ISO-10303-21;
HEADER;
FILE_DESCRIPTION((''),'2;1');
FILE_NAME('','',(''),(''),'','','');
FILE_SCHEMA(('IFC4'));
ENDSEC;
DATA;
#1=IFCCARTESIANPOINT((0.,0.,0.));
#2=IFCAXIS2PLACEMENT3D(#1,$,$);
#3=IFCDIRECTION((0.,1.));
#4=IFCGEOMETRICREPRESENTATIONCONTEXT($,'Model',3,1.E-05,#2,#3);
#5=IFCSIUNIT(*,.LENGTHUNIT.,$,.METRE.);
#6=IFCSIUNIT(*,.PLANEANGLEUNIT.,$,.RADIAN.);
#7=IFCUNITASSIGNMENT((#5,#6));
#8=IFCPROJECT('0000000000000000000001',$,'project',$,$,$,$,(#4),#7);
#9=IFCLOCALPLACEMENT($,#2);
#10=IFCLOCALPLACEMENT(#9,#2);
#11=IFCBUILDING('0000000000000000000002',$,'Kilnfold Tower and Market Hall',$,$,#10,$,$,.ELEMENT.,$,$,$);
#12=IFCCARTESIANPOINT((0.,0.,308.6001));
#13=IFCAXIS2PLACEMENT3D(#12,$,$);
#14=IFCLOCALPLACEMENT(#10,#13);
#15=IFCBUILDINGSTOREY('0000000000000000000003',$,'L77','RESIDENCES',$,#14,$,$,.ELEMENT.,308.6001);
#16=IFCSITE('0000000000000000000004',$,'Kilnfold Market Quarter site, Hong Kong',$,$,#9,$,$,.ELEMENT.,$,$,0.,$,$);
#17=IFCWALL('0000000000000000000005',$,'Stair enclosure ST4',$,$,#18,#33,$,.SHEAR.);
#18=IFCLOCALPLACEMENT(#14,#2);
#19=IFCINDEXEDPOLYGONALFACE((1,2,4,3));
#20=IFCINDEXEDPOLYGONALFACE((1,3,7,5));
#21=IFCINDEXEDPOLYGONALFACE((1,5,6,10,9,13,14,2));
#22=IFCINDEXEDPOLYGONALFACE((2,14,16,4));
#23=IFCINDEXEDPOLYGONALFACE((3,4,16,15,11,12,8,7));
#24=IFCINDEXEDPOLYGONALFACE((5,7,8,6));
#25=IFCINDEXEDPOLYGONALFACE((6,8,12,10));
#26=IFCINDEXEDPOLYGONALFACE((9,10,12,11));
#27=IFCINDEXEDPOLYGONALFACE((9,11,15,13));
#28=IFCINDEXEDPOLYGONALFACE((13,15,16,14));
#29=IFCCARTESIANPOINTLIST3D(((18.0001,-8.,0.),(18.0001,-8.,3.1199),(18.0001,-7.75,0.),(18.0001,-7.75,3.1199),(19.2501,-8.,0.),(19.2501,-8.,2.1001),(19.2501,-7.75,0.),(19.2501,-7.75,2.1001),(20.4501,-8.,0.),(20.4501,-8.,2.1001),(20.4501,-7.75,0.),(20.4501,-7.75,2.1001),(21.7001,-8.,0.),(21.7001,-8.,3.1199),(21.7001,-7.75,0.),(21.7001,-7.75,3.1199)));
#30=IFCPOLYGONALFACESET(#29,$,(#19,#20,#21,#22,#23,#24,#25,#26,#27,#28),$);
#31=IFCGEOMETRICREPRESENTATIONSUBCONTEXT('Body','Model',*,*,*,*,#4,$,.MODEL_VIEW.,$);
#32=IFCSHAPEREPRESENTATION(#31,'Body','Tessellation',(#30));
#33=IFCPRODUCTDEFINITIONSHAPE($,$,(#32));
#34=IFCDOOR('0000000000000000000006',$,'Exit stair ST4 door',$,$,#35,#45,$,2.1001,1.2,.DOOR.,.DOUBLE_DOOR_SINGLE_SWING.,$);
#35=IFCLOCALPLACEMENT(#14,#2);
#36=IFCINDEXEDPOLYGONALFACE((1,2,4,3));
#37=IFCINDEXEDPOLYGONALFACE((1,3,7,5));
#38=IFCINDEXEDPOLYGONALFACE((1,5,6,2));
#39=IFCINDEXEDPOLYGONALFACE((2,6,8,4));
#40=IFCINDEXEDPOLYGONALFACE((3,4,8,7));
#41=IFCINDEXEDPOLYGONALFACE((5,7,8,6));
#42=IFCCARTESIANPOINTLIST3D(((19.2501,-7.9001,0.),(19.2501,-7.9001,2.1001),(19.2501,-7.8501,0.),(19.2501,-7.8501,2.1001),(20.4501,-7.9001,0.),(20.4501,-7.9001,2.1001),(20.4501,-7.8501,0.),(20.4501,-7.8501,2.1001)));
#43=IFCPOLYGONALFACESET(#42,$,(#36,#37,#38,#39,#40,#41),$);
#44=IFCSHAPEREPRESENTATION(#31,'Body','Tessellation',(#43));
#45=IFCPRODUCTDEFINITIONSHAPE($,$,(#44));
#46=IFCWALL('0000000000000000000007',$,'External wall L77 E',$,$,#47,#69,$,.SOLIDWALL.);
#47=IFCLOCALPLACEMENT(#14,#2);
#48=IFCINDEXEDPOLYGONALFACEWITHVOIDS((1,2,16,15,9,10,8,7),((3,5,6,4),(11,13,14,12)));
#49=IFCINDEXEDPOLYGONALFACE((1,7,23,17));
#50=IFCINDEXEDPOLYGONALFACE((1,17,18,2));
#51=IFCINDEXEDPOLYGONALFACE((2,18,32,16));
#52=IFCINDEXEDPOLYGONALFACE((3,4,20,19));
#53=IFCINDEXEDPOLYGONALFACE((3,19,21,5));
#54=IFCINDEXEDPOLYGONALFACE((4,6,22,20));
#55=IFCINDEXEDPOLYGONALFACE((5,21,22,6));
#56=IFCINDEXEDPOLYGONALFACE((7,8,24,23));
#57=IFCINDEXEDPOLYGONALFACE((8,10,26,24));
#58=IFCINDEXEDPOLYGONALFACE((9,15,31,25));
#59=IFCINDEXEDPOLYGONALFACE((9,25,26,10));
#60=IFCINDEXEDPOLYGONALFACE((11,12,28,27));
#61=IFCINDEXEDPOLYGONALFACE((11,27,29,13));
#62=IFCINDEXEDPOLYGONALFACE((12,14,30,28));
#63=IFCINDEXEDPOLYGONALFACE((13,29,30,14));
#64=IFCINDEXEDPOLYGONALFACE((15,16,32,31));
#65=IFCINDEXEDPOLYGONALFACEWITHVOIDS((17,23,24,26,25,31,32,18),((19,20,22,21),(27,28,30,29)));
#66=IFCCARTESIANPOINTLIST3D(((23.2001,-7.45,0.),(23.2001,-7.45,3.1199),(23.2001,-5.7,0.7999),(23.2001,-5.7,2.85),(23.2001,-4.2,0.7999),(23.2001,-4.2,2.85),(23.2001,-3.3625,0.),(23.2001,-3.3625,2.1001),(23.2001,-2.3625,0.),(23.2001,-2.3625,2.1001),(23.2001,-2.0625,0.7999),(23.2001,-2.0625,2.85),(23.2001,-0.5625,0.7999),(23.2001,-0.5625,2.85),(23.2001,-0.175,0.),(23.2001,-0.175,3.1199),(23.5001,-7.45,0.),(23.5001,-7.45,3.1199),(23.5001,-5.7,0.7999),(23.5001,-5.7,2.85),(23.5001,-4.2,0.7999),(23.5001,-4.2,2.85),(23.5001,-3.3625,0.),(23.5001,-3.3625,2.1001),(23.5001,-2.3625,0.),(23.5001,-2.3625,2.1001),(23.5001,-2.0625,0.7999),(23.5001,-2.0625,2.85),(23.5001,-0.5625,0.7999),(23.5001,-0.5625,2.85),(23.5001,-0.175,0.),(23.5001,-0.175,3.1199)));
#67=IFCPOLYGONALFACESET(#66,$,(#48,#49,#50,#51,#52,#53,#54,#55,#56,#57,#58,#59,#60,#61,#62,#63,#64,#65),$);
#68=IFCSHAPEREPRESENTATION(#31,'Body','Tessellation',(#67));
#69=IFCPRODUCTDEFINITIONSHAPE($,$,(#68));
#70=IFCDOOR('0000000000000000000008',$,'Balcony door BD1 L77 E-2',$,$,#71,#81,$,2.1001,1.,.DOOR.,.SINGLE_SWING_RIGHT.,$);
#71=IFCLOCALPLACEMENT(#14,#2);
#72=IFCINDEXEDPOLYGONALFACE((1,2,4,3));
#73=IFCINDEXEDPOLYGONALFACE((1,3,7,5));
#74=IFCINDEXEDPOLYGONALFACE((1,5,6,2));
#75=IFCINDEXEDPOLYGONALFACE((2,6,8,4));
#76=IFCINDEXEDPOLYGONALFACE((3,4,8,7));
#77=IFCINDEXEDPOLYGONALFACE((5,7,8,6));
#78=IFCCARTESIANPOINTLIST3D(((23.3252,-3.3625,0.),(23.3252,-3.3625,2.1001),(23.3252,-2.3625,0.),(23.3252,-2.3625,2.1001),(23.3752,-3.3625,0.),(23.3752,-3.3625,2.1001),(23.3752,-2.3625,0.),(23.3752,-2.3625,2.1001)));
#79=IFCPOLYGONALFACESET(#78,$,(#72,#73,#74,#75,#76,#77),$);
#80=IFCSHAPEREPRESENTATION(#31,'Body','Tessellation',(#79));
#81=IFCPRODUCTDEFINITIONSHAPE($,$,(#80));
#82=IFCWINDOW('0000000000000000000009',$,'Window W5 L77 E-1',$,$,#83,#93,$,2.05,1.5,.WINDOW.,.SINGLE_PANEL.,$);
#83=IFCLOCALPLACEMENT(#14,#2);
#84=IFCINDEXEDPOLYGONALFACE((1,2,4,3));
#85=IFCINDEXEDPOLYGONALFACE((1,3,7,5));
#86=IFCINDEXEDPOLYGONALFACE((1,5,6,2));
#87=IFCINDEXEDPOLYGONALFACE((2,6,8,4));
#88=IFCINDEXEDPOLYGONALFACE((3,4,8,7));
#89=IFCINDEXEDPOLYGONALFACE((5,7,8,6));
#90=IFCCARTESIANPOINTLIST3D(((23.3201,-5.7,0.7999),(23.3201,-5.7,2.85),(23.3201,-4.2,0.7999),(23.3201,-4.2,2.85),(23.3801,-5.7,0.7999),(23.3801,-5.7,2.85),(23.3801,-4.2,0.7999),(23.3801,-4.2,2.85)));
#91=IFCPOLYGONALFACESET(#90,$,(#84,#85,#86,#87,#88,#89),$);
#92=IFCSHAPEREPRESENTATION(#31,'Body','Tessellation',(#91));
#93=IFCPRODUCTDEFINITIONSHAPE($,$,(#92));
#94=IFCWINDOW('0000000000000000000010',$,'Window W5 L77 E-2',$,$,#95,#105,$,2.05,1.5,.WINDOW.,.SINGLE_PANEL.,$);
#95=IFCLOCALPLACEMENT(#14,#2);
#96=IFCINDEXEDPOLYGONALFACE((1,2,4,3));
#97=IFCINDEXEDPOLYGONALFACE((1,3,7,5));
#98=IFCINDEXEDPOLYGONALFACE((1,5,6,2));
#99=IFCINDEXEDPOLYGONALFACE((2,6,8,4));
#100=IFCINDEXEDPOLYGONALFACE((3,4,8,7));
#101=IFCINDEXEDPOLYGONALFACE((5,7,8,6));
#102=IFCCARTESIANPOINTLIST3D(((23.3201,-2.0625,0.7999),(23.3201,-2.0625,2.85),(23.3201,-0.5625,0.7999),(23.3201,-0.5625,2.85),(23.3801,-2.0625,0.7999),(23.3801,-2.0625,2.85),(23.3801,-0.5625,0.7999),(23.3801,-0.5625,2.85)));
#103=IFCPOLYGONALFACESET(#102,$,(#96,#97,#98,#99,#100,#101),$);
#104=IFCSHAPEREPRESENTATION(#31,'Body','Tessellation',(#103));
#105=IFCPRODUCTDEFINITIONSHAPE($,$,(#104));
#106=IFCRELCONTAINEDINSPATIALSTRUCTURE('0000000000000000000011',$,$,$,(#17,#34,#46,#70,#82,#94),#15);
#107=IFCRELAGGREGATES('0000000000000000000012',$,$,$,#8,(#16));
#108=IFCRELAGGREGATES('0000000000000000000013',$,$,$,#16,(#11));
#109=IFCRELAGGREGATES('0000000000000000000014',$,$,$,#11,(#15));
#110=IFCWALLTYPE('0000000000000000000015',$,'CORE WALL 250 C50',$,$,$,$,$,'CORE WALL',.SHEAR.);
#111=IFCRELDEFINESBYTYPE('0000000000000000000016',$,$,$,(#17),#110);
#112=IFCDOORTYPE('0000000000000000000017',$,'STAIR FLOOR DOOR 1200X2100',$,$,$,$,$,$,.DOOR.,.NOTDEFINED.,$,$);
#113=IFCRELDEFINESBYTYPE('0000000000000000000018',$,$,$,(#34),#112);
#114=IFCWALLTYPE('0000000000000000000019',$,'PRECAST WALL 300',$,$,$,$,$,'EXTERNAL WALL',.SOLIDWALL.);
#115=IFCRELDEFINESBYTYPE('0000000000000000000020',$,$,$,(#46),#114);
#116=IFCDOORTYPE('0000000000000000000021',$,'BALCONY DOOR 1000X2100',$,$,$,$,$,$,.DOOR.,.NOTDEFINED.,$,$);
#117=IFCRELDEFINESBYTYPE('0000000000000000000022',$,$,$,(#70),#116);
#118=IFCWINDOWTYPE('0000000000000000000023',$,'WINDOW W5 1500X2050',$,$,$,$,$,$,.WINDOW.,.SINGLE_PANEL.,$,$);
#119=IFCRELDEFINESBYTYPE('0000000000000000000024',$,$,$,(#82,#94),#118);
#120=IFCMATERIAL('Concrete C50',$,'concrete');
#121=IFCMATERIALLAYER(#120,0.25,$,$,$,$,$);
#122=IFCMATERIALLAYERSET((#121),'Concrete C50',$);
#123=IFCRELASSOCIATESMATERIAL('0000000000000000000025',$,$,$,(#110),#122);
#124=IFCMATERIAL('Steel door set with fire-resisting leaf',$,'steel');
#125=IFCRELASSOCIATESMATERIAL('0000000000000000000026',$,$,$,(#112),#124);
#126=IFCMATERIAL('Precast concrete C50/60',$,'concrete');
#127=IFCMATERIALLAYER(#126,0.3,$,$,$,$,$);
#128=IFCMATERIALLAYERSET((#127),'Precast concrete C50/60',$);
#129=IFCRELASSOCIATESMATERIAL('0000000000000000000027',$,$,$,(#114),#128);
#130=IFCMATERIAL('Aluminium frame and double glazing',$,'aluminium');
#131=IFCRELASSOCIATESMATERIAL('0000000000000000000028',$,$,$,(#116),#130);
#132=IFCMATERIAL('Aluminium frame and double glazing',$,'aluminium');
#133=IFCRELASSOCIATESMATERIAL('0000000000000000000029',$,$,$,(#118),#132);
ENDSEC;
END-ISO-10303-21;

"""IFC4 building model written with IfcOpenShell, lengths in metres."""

from ifc_helpers import new_model, si_unit, direction, frame, frame_2d, origin, place, context, subcontext, project, spatial, rectangle, extrude, source, transform, mapped, material, layer, layer_set, type_object, element, fill, save


model = new_model("IFC4")

# Units and contexts
model_context = context("Model", 3, precision=1e-05, world=origin(), true_north=direction((0.0, 1.0)))
body_context = subcontext(model_context, "Body", "Model", "MODEL_VIEW")
ifc_project = project(units=[si_unit("LENGTHUNIT", "METRE"), si_unit("PLANEANGLEUNIT", "RADIAN")], contexts=[model_context])

# Site, building, storey
site_placement = place(None, origin())
site = spatial("IfcSite", under=ifc_project, at=site_placement, Name="Kilnfold Market Quarter site, Hong Kong", CompositionType="ELEMENT", RefElevation=0.0)
building_placement = place(site_placement, origin())
building = spatial("IfcBuilding", under=site, at=building_placement, Name="Kilnfold Tower and Market Hall", CompositionType="ELEMENT")
storey_placement = place(building_placement, frame((0.0, 0.0, 308.6001)))
storey = spatial("IfcBuildingStorey", under=building, at=storey_placement, Name="L77", Description="RESIDENCES", CompositionType="ELEMENT", Elevation=308.6001)

# Wall, opening, door
ifc_material_1 = material(Name="Concrete C50", Category="concrete")
ifc_layer_1 = layer(ifc_material_1, 0.25)
ifc_layer_set_1 = layer_set([ifc_layer_1], Name="Concrete C50")
wall_type_1 = type_object("IfcWallType", Name="CORE WALL 250 C50", ElementType="CORE WALL", PredefinedType="SHEAR", material=ifc_layer_set_1)
shared_shape_1 = source(origin(), body_context, "Body", "SweptSolid", [
    extrude(rectangle(XDim=3.7, YDim=0.25, at=frame_2d((1.8501, 0.0))), origin(), (0.0, 0.0, 1.0), 3.1199),
])
wall_1_placement = place(storey_placement, frame((18.0, -7.875, 0.0), z_axis=(0.0, 0.0, 1.0), x_axis=(1.0, 0.0, 0.0)))
wall_1 = element("IfcWall", 1, at=wall_1_placement, inside=storey, type_object=wall_type_1, Name="Stair enclosure ST4", PredefinedType="SHEAR", context=body_context, shape_type="MappedRepresentation", body=[
    mapped(shared_shape_1, transform((0.0, 0.0, 0.0))),
])
opening_1_placement = place(wall_1_placement, frame((1.25, 0.0, 0.0)))
opening_1 = element("IfcOpeningElement", 2, at=opening_1_placement, cuts=wall_1, PredefinedType="OPENING", context=body_context, shape_type="SweptSolid", body=[
    extrude(rectangle(XDim=1.2, YDim=2.1001, at=frame_2d((0.6001, 1.05))), frame((0.0, 0.135, 0.0), z_axis=(0.0, -1.0, 0.0), x_axis=(1.0, 0.0, 0.0)), (0.0, 0.0, 1.0), 0.27),
])
ifc_material_2 = material(Name="Steel door set with fire-resisting leaf", Category="steel")
door_type_1 = type_object("IfcDoorType", Name="STAIR FLOOR DOOR 1200X2100", OperationType="NOTDEFINED", PredefinedType="DOOR", material=ifc_material_2)
door_1_placement = place(opening_1_placement, origin())
door_1 = element("IfcDoor", 3, at=door_1_placement, inside=storey, type_object=door_type_1, Name="Exit stair ST4 door", OperationType="DOUBLE_DOOR_SINGLE_SWING", OverallHeight=2.1001, OverallWidth=1.2, PredefinedType="DOOR", context=body_context, shape_type="SweptSolid", body=[
    extrude(rectangle(XDim=1.2, YDim=2.1001, at=frame_2d((0.6001, 1.05))), frame((0.0, 0.0249, 0.0), z_axis=(0.0, -1.0, 0.0), x_axis=(1.0, 0.0, 0.0)), (0.0, 0.0, 1.0), 0.05),
])
fill(opening_1, door_1)

# Wall, openings, door, windows
ifc_material_3 = material(Name="Precast concrete C50/60", Category="concrete")
ifc_layer_2 = layer(ifc_material_3, 0.3)
ifc_layer_set_2 = layer_set([ifc_layer_2], Name="Precast concrete C50/60")
wall_type_2 = type_object("IfcWallType", Name="PRECAST WALL 300", ElementType="EXTERNAL WALL", PredefinedType="SOLIDWALL", material=ifc_layer_set_2)
shared_shape_2 = source(origin(), body_context, "Body", "SweptSolid", [
    extrude(rectangle(XDim=7.2749, YDim=0.3, at=frame_2d((3.6375, 0.0))), origin(), (0.0, 0.0, 1.0), 3.1199),
])
wall_2_placement = place(storey_placement, frame((23.3501, -7.45, 0.0), z_axis=(0.0, 0.0, 1.0), x_axis=(0.0, 1.0, 0.0)))
wall_2 = element("IfcWall", 4, at=wall_2_placement, inside=storey, type_object=wall_type_2, Name="External wall L77 E", PredefinedType="SOLIDWALL", context=body_context, shape_type="MappedRepresentation", body=[
    mapped(shared_shape_2, transform((0.0, 0.0, 0.0))),
])
opening_2_placement = place(wall_2_placement, frame((1.75, 0.0, 0.8)))
opening_2 = element("IfcOpeningElement", 5, at=opening_2_placement, cuts=wall_2, PredefinedType="OPENING", context=body_context, shape_type="SweptSolid", body=[
    extrude(rectangle(XDim=1.5, YDim=2.05, at=frame_2d((0.75, 1.0249))), frame((0.0, 0.1602, 0.0), z_axis=(0.0, -1.0, 0.0), x_axis=(1.0, 0.0, 0.0)), (0.0, 0.0, 1.0), 0.3201),
])
opening_3_placement = place(wall_2_placement, frame((5.3875, 0.0, 0.8)))
opening_3 = element("IfcOpeningElement", 6, at=opening_3_placement, cuts=wall_2, PredefinedType="OPENING", context=body_context, shape_type="SweptSolid", body=[
    extrude(rectangle(XDim=1.5, YDim=2.05, at=frame_2d((0.75, 1.0249))), frame((0.0, 0.1602, 0.0), z_axis=(0.0, -1.0, 0.0), x_axis=(1.0, 0.0, 0.0)), (0.0, 0.0, 1.0), 0.3201),
])
opening_4_placement = place(wall_2_placement, frame((4.0874, 0.0, 0.0)))
opening_4 = element("IfcOpeningElement", 7, at=opening_4_placement, cuts=wall_2, PredefinedType="OPENING", context=body_context, shape_type="SweptSolid", body=[
    extrude(rectangle(XDim=1.0, YDim=2.1001, at=frame_2d((0.5, 1.05))), frame((0.0, 0.1602, 0.0), z_axis=(0.0, -1.0, 0.0), x_axis=(1.0, 0.0, 0.0)), (0.0, 0.0, 1.0), 0.3201),
])
ifc_material_4 = material(Name="Aluminium frame and double glazing", Category="aluminium")
door_type_2 = type_object("IfcDoorType", Name="BALCONY DOOR 1000X2100", OperationType="NOTDEFINED", PredefinedType="DOOR", material=ifc_material_4)
door_2_placement = place(opening_4_placement, origin())
door_2 = element("IfcDoor", 8, at=door_2_placement, inside=storey, type_object=door_type_2, Name="Balcony door BD1 L77 E-2", OperationType="SINGLE_SWING_RIGHT", OverallHeight=2.1001, OverallWidth=1.0, PredefinedType="DOOR", context=body_context, shape_type="SweptSolid", body=[
    extrude(rectangle(XDim=1.0, YDim=2.1001, at=frame_2d((0.5, 1.05))), frame((0.0, 0.0249, 0.0), z_axis=(0.0, -1.0, 0.0), x_axis=(1.0, 0.0, 0.0)), (0.0, 0.0, 1.0), 0.05),
])
fill(opening_4, door_2)
ifc_material_5 = material(Name="Aluminium frame and double glazing", Category="aluminium")
window_type = type_object("IfcWindowType", Name="WINDOW W5 1500X2050", PartitioningType="SINGLE_PANEL", PredefinedType="WINDOW", material=ifc_material_5)
window_1_placement = place(opening_2_placement, origin())
window_1 = element("IfcWindow", 9, at=window_1_placement, inside=storey, type_object=window_type, Name="Window W5 L77 E-1", OverallHeight=2.05, OverallWidth=1.5, PartitioningType="SINGLE_PANEL", PredefinedType="WINDOW", context=body_context, shape_type="SweptSolid", body=[
    extrude(rectangle(XDim=1.5, YDim=2.05, at=frame_2d((0.75, 1.0249))), frame((0.0, 0.03, 0.0), z_axis=(0.0, -1.0, 0.0), x_axis=(1.0, 0.0, 0.0)), (0.0, 0.0, 1.0), 0.0601),
])
fill(opening_2, window_1)
window_2_placement = place(opening_3_placement, origin())
window_2 = element("IfcWindow", 10, at=window_2_placement, inside=storey, type_object=window_type, Name="Window W5 L77 E-2", OverallHeight=2.05, OverallWidth=1.5, PartitioningType="SINGLE_PANEL", PredefinedType="WINDOW", context=body_context, shape_type="SweptSolid", body=[
    extrude(rectangle(XDim=1.5, YDim=2.05, at=frame_2d((0.75, 1.0249))), frame((0.0, 0.03, 0.0), z_axis=(0.0, -1.0, 0.0), x_axis=(1.0, 0.0, 0.0)), (0.0, 0.0, 1.0), 0.0601),
])
fill(opening_3, window_2)

save(model, "model.ifc")
